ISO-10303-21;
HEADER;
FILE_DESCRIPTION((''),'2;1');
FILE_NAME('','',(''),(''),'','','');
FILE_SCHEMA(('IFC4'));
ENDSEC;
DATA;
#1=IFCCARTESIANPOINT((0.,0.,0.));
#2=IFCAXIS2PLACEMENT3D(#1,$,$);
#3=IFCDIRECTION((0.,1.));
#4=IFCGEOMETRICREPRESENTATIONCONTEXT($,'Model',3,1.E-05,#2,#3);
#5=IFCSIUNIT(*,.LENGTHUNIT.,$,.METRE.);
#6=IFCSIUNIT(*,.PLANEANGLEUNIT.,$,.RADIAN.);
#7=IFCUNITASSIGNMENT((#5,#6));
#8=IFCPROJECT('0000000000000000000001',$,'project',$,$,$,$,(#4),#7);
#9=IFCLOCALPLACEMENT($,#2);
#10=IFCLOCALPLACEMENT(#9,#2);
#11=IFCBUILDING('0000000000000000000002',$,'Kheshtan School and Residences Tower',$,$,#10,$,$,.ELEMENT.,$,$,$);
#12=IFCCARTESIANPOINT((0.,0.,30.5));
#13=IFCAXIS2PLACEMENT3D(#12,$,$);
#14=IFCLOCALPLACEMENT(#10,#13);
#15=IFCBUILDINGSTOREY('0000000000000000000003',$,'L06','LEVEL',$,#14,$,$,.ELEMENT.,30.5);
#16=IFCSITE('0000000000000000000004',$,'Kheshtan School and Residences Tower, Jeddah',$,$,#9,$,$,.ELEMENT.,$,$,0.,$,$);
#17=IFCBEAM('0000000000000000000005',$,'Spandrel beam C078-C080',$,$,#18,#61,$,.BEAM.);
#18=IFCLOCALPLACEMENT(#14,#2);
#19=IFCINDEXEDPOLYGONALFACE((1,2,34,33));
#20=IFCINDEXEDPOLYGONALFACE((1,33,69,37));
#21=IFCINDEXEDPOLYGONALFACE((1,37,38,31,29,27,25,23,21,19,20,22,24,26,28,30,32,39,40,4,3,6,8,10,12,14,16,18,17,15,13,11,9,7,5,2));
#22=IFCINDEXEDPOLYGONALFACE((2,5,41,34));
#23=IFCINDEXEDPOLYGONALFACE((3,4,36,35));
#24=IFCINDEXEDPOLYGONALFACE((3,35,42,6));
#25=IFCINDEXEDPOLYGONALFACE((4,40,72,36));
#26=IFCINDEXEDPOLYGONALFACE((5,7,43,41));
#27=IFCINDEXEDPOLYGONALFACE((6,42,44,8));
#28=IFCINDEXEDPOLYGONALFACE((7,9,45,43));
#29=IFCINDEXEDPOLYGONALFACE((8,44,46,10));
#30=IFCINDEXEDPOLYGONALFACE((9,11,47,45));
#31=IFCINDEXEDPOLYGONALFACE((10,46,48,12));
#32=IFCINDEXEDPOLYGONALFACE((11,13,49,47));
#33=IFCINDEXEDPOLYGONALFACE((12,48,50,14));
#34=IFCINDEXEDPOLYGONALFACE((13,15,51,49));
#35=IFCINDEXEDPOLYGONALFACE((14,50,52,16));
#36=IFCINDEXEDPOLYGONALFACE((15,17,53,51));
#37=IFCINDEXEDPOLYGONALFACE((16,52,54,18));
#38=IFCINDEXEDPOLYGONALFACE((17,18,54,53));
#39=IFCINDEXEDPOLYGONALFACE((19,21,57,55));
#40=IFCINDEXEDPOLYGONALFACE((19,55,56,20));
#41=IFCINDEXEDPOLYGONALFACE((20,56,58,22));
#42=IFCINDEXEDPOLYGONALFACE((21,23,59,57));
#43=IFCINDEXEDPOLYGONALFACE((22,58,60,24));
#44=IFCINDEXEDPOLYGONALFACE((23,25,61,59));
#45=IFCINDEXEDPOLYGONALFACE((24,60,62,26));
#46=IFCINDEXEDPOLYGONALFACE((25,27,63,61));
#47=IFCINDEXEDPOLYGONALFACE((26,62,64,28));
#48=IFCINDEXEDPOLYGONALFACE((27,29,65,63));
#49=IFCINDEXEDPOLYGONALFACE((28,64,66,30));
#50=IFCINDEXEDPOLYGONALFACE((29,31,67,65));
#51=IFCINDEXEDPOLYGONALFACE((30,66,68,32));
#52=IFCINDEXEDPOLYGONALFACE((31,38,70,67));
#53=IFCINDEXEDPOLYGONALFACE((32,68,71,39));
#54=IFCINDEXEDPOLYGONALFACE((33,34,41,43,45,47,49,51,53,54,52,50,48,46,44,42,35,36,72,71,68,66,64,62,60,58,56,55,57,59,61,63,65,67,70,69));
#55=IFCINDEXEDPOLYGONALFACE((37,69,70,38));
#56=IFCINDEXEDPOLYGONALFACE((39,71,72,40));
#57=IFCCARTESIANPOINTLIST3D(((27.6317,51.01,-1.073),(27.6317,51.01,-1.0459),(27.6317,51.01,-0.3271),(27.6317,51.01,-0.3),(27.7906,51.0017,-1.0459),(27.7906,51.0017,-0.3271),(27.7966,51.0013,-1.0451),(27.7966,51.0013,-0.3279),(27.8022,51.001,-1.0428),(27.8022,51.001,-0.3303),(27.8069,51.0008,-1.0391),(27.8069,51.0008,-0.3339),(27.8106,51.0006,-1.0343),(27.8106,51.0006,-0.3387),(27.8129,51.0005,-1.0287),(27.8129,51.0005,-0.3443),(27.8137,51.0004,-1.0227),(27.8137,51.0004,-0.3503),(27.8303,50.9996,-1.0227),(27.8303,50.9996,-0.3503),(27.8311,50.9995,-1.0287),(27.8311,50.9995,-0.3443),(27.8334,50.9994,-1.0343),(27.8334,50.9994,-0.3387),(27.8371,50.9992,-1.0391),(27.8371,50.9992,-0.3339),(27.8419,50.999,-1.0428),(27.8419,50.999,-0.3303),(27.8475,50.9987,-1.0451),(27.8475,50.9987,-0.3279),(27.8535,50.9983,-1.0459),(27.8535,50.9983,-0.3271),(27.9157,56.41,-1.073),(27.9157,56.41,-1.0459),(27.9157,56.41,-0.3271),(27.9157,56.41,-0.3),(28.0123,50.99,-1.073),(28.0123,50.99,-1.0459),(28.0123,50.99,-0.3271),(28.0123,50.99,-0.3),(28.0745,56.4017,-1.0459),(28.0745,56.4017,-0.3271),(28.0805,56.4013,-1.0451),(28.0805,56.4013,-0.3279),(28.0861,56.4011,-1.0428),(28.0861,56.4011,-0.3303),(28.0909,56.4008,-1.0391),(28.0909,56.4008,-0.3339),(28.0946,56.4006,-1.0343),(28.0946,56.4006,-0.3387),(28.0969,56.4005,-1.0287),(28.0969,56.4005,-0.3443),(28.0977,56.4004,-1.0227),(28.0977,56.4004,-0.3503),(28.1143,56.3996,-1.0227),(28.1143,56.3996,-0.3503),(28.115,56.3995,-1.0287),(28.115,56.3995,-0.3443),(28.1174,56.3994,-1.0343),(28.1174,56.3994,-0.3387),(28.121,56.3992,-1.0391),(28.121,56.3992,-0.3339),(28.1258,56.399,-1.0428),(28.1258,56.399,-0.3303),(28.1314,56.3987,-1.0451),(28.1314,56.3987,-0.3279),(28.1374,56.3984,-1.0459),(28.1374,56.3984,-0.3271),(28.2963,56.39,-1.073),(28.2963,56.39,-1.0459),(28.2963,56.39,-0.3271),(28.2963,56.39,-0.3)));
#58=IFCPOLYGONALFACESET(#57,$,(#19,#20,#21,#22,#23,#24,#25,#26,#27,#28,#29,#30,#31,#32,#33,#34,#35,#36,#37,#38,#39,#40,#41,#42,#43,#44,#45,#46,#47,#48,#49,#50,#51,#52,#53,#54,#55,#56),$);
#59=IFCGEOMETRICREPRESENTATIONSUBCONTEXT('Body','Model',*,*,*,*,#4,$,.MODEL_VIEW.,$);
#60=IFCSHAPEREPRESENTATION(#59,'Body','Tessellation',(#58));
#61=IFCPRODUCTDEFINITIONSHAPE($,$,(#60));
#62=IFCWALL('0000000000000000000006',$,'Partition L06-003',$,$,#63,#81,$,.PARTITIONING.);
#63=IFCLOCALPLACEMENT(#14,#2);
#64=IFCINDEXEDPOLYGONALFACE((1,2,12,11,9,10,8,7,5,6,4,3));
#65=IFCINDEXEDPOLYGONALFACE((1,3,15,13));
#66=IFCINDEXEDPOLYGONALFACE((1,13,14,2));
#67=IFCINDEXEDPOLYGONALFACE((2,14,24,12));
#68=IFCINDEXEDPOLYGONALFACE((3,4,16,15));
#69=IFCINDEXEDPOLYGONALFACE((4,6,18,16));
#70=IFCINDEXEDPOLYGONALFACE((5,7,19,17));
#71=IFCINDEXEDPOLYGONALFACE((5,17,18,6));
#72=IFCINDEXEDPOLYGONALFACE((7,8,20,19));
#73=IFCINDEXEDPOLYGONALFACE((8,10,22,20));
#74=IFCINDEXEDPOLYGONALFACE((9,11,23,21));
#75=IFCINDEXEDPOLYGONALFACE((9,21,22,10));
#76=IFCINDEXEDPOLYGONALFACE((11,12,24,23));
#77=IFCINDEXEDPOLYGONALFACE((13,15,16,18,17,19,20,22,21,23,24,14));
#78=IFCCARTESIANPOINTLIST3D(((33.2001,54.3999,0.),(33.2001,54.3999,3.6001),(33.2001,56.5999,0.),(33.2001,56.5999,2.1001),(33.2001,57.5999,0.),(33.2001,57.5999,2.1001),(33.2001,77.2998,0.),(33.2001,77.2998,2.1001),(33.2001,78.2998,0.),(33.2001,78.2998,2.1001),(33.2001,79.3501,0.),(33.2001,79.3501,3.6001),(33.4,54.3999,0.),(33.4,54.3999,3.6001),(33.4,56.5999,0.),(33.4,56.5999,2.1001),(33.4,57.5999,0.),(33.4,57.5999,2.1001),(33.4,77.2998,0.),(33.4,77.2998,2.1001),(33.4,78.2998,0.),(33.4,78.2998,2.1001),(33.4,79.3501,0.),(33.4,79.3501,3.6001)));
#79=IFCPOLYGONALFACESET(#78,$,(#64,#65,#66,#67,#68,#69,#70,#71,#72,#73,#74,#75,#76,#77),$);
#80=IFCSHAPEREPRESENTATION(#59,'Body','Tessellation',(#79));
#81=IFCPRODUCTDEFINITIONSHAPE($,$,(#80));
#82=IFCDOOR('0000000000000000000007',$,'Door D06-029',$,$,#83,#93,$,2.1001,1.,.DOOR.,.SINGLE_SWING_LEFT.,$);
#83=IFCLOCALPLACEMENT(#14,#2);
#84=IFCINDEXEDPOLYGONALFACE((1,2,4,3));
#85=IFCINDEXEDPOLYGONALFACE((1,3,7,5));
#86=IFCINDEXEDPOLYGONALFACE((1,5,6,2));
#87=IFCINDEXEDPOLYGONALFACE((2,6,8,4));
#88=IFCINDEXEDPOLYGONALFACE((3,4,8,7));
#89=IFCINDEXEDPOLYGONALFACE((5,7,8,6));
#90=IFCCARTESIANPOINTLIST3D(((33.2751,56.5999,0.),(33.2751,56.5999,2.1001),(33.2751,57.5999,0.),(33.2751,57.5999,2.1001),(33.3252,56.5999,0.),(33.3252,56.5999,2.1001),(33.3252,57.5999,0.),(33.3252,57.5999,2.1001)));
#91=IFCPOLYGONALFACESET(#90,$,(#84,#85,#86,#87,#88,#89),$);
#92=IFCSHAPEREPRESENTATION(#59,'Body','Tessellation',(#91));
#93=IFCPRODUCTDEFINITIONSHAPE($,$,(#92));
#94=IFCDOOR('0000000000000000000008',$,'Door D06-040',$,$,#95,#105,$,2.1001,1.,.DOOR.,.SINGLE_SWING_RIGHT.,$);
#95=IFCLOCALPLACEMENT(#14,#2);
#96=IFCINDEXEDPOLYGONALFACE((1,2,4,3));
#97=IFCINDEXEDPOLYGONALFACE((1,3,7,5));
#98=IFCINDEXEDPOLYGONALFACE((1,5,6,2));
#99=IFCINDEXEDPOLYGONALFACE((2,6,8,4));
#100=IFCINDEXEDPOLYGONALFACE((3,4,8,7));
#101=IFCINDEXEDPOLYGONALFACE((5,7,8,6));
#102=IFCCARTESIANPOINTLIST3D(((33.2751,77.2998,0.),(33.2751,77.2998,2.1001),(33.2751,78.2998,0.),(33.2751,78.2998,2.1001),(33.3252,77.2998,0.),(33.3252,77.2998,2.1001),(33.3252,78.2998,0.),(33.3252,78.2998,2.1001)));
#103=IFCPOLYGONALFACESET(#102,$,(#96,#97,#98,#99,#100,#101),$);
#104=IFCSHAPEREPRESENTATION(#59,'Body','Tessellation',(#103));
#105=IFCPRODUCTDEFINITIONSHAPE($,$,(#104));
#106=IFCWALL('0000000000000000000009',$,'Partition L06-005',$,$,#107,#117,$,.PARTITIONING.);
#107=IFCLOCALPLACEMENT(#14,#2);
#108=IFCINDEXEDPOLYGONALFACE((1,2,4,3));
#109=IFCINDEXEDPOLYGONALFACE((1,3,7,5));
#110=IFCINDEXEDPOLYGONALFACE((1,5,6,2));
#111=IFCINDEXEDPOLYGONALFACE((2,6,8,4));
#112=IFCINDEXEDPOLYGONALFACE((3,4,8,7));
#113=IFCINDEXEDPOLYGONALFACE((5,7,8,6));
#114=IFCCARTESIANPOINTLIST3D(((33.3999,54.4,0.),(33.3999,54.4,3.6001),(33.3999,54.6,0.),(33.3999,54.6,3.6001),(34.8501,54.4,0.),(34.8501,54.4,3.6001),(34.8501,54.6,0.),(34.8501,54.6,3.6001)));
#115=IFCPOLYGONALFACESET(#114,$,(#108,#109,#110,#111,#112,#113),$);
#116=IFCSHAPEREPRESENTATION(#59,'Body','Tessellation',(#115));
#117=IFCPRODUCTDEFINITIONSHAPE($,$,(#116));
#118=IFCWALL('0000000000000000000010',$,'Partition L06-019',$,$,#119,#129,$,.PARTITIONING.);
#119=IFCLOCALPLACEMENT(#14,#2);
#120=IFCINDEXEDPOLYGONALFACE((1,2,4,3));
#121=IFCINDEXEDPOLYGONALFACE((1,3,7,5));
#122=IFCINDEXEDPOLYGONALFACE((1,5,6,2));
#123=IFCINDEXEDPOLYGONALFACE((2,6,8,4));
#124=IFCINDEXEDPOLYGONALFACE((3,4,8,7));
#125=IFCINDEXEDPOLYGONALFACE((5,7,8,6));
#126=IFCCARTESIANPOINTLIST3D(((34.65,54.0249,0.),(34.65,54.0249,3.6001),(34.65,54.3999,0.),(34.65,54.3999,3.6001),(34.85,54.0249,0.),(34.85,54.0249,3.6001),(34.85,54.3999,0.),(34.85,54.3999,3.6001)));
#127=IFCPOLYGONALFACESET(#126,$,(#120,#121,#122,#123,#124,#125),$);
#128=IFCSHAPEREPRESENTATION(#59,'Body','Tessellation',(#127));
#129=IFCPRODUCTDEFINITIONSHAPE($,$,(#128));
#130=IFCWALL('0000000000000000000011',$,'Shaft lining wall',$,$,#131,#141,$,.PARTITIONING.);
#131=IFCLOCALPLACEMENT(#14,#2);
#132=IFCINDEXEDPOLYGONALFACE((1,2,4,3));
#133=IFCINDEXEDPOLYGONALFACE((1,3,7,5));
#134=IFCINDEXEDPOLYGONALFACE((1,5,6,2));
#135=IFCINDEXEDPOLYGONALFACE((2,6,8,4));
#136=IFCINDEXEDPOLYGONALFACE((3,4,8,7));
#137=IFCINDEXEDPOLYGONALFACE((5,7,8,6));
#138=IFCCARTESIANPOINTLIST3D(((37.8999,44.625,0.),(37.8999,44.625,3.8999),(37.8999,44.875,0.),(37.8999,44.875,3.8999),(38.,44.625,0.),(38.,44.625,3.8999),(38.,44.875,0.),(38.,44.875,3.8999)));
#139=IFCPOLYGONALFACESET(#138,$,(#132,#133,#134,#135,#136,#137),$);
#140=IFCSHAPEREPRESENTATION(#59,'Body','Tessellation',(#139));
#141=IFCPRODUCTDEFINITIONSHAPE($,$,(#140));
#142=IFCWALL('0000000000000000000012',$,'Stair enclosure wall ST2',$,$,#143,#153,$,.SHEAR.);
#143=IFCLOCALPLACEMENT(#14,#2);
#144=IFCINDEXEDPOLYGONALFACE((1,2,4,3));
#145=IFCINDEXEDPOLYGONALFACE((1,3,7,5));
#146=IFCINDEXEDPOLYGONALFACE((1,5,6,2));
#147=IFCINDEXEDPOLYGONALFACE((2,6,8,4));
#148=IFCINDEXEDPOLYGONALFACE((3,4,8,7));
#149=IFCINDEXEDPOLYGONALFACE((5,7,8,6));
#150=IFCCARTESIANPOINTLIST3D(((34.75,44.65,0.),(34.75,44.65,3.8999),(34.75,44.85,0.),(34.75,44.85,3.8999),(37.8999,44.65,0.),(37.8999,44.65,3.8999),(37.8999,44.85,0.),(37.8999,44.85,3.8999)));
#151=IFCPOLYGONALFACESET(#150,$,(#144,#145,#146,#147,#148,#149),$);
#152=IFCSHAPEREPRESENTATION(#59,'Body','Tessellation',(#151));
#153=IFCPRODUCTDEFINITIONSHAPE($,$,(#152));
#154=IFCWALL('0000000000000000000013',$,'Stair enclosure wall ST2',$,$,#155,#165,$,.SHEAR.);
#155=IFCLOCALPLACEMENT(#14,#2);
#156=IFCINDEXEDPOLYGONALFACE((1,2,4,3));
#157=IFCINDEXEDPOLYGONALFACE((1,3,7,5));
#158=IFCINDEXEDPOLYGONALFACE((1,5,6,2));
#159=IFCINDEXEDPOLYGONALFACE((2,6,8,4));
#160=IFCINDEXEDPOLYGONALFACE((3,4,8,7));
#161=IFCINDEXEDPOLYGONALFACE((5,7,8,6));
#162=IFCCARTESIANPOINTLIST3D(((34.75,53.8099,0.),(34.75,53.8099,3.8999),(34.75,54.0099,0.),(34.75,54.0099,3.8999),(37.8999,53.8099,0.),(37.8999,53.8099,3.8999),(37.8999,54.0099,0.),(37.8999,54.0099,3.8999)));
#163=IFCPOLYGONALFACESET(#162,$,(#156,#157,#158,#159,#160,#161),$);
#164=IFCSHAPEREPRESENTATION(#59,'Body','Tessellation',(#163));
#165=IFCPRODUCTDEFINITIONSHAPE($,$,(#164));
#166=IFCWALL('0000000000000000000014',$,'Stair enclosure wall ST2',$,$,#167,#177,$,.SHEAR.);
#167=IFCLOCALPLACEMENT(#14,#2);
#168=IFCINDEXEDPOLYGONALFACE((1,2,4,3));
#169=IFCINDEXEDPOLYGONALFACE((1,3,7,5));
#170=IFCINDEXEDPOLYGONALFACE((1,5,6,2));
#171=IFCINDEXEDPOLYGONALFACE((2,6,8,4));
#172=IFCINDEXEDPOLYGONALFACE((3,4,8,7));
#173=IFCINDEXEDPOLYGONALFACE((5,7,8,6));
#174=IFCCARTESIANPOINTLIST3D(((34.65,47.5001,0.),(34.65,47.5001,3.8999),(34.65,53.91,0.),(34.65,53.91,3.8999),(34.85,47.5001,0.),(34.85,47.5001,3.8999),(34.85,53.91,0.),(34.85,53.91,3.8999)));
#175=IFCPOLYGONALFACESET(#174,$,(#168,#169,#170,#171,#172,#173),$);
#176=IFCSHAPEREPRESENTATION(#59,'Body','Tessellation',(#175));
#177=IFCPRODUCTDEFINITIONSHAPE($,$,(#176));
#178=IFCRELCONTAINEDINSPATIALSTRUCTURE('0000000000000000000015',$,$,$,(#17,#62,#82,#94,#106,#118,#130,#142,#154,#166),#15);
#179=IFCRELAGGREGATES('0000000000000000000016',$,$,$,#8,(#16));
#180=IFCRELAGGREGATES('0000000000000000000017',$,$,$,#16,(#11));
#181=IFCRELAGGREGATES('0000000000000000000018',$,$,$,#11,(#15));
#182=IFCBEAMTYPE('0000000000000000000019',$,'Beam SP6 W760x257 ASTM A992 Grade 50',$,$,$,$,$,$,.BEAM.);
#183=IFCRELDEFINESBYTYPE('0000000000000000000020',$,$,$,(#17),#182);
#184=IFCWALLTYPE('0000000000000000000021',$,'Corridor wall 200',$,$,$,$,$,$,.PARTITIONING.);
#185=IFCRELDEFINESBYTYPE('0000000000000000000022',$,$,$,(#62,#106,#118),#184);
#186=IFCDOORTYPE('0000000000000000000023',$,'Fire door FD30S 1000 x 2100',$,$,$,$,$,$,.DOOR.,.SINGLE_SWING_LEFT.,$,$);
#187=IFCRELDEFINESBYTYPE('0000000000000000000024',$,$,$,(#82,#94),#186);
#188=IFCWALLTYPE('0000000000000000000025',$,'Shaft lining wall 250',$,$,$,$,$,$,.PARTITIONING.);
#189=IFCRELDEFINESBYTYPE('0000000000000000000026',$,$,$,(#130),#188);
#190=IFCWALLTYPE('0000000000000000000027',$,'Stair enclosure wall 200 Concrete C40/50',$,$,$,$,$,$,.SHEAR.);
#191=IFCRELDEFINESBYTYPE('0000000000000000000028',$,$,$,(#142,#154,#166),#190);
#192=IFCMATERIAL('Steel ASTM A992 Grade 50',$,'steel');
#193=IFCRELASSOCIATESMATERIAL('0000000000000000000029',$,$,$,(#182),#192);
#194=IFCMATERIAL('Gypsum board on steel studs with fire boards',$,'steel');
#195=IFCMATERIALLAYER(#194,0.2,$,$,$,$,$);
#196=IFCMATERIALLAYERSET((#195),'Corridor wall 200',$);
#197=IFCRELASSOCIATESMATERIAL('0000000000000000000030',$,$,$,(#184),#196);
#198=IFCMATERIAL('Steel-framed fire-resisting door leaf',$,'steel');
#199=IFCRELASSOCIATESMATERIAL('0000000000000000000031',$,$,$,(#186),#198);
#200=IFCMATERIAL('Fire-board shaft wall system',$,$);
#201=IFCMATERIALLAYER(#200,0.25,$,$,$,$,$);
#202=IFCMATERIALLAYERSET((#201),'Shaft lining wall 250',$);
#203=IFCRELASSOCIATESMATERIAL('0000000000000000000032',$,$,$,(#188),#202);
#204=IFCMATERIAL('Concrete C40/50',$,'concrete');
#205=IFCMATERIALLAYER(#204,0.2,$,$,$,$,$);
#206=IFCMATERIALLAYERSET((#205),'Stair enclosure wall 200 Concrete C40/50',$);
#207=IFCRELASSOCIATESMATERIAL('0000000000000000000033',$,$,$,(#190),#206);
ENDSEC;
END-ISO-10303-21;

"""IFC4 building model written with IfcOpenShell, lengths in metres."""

from ifc_helpers import new_model, si_unit, direction, frame, frame_2d, origin, origin_2d, place, context, subcontext, project, spatial, rectangle, i_section, extrude, source, transform, mapped, material, layer, layer_set, material_profile, profile_set, type_object, element, fill, save


model = new_model("IFC4")

# Units and contexts
model_context = context("Model", 3, precision=1e-05, world=origin(), true_north=direction((0.0, 1.0)))
body_context = subcontext(model_context, "Body", "Model", "MODEL_VIEW")
ifc_project = project(units=[si_unit("LENGTHUNIT", "METRE"), si_unit("PLANEANGLEUNIT", "RADIAN")], contexts=[model_context])

# Site, building, storey
site_placement = place(None, origin())
site = spatial("IfcSite", under=ifc_project, at=site_placement, Name="Kheshtan School and Residences Tower, Jeddah", CompositionType="ELEMENT", RefElevation=0.0)
building_placement = place(site_placement, origin())
building = spatial("IfcBuilding", under=site, at=building_placement, Name="Kheshtan School and Residences Tower", CompositionType="ELEMENT")
storey_placement = place(building_placement, frame((0.0, 0.0, 30.5)))
storey = spatial("IfcBuildingStorey", under=building, at=storey_placement, Name="L06", Description="LEVEL", CompositionType="ELEMENT", Elevation=30.5)

# Shared definitions
ifc_material_1 = material(Name="Steel ASTM A992 Grade 50", Category="steel")

# Beam
ifc_material_profile_1 = material_profile(ifc_material_1, i_section(OverallWidth=0.3811, OverallDepth=0.7729, WebThickness=0.0166, FlangeThickness=0.0271, FilletRadius=0.0232, at=origin_2d()), Name="W760x257")
ifc_profile_set_1 = profile_set([ifc_material_profile_1], Name="Steel ASTM A992 Grade 50")
beam_type_1 = type_object("IfcBeamType", Name="Beam SP6 W760x257 ASTM A992 Grade 50", PredefinedType="BEAM", material=ifc_profile_set_1)
for number, where, z_axis, x_axis, name in (
    (1, (27.822, 51.0, -0.6865), (0.052509, 0.99862, 0.0), (-0.99862, 0.052509, 0.0), "Spandrel beam C078-C080"),
):
    element("IfcBeam", number, at=place(storey_placement, frame(where, z_axis=z_axis, x_axis=x_axis)), inside=storey, type_object=beam_type_1, Name=name, PredefinedType="BEAM", context=body_context, shape_type="SweptSolid", body=[
        extrude(i_section(OverallWidth=0.3811, OverallDepth=0.7729, WebThickness=0.0166, FlangeThickness=0.0271, FilletRadius=0.0232, at=origin_2d()), origin(), (0.0, 0.0, 1.0), 5.4075),
    ])

# Wall, openings, doors
ifc_material_2 = material(Name="Gypsum board on steel studs with fire boards", Category="steel")
ifc_layer_1 = layer(ifc_material_2, 0.2)
ifc_layer_set_1 = layer_set([ifc_layer_1], Name="Corridor wall 200")
wall_type_1 = type_object("IfcWallType", Name="Corridor wall 200", PredefinedType="PARTITIONING", material=ifc_layer_set_1)
wall_1_placement = place(storey_placement, frame((33.3, 54.3999, 0.0), z_axis=(0.0, 0.0, 1.0), x_axis=(0.0, 1.0, 0.0)))
wall_1 = element("IfcWall", 2, at=wall_1_placement, inside=storey, type_object=wall_type_1, Name="Partition L06-003", PredefinedType="PARTITIONING", context=body_context, shape_type="SweptSolid", body=[
    extrude(rectangle(XDim=24.9502, YDim=0.2, at=frame_2d((12.4751, 0.0))), origin(), (0.0, 0.0, 1.0), 3.6001),
])
opening_1_placement = place(wall_1_placement, frame((2.2, 0.0, 0.0)))
opening_1 = element("IfcOpeningElement", 3, at=opening_1_placement, cuts=wall_1, PredefinedType="OPENING", context=body_context, shape_type="SweptSolid", body=[
    extrude(rectangle(XDim=1.0, YDim=2.1001, at=frame_2d((0.5, 1.05))), frame((0.0, 0.1099, 0.0), z_axis=(0.0, -1.0, 0.0), x_axis=(1.0, 0.0, 0.0)), (0.0, 0.0, 1.0), 0.22),
])
opening_2_placement = place(wall_1_placement, frame((22.8999, 0.0, 0.0)))
opening_2 = element("IfcOpeningElement", 4, at=opening_2_placement, cuts=wall_1, PredefinedType="OPENING", context=body_context, shape_type="SweptSolid", body=[
    extrude(rectangle(XDim=1.0, YDim=2.1001, at=frame_2d((0.5, 1.05))), frame((0.0, 0.1099, 0.0), z_axis=(0.0, -1.0, 0.0), x_axis=(1.0, 0.0, 0.0)), (0.0, 0.0, 1.0), 0.22),
])
ifc_material_3 = material(Name="Steel-framed fire-resisting door leaf", Category="steel")
door_type_1 = type_object("IfcDoorType", Name="Fire door FD30S 1000 x 2100", OperationType="SINGLE_SWING_LEFT", PredefinedType="DOOR", material=ifc_material_3)
shared_shape_1 = source(origin(), body_context, "Body", "SweptSolid", [
    extrude(rectangle(XDim=1.0, YDim=2.1001, at=frame_2d((0.5, 1.05))), frame((0.0, 0.0249, 0.0), z_axis=(0.0, -1.0, 0.0), x_axis=(1.0, 0.0, 0.0)), (0.0, 0.0, 1.0), 0.05),
])
door_1_placement = place(opening_1_placement, origin())
door_1 = element("IfcDoor", 5, at=door_1_placement, inside=storey, type_object=door_type_1, Name="Door D06-029", OperationType="SINGLE_SWING_LEFT", OverallHeight=2.1001, OverallWidth=1.0, PredefinedType="DOOR", context=body_context, shape_type="MappedRepresentation", body=[
    mapped(shared_shape_1, transform((0.0, 0.0, 0.0), x_axis=(1.0, 0.0, 0.0), y_axis=(0.0, 1.0, 0.0), z_axis=(0.0, 0.0, 1.0), scale=1.0)),
])
fill(opening_1, door_1)
door_2_placement = place(opening_2_placement, origin())
door_2 = element("IfcDoor", 6, at=door_2_placement, inside=storey, type_object=door_type_1, Name="Door D06-040", OperationType="SINGLE_SWING_RIGHT", OverallHeight=2.1001, OverallWidth=1.0, PredefinedType="DOOR", context=body_context, shape_type="MappedRepresentation", body=[
    mapped(shared_shape_1, transform((0.0, 0.0, 0.0), x_axis=(1.0, 0.0, 0.0), y_axis=(0.0, 1.0, 0.0), z_axis=(0.0, 0.0, 1.0), scale=1.0)),
])
fill(opening_2, door_2)

# Walls
wall_2_placement = place(storey_placement, frame((33.3999, 54.5, 0.0), z_axis=(0.0, 0.0, 1.0), x_axis=(1.0, 0.0, 0.0)))
element("IfcWall", 7, at=wall_2_placement, inside=storey, type_object=wall_type_1, Name="Partition L06-005", PredefinedType="PARTITIONING", context=body_context, shape_type="SweptSolid", body=[
    extrude(rectangle(XDim=1.4502, YDim=0.2, at=frame_2d((0.7251, 0.0))), origin(), (0.0, 0.0, 1.0), 3.6001),
])
wall_3_placement = place(storey_placement, frame((34.75, 54.0249, 0.0), z_axis=(0.0, 0.0, 1.0), x_axis=(0.0, 1.0, 0.0)))
element("IfcWall", 8, at=wall_3_placement, inside=storey, type_object=wall_type_1, Name="Partition L06-019", PredefinedType="PARTITIONING", context=body_context, shape_type="SweptSolid", body=[
    extrude(rectangle(XDim=0.375, YDim=0.2, at=frame_2d((0.1875, 0.0))), origin(), (0.0, 0.0, 1.0), 3.6001),
])
ifc_material_4 = material(Name="Fire-board shaft wall system")
ifc_layer_2 = layer(ifc_material_4, 0.25)
ifc_layer_set_2 = layer_set([ifc_layer_2], Name="Shaft lining wall 250")
wall_type_2 = type_object("IfcWallType", Name="Shaft lining wall 250", PredefinedType="PARTITIONING", material=ifc_layer_set_2)
wall_4_placement = place(storey_placement, frame((37.8999, 44.75, 0.0), z_axis=(0.0, 0.0, 1.0), x_axis=(1.0, 0.0, 0.0)))
element("IfcWall", 9, at=wall_4_placement, inside=storey, type_object=wall_type_2, Name="Shaft lining wall", PredefinedType="PARTITIONING", context=body_context, shape_type="SweptSolid", body=[
    extrude(rectangle(XDim=0.1001, YDim=0.25, at=frame_2d((0.05, 0.0))), origin(), (0.0, 0.0, 1.0), 3.8999),
])
ifc_material_5 = material(Name="Concrete C40/50", Category="concrete")
ifc_layer_3 = layer(ifc_material_5, 0.2)
ifc_layer_set_3 = layer_set([ifc_layer_3], Name="Stair enclosure wall 200 Concrete C40/50")
wall_type_3 = type_object("IfcWallType", Name="Stair enclosure wall 200 Concrete C40/50", PredefinedType="SHEAR", material=ifc_layer_set_3)
for number, where, z_axis, x_axis, name in (
    (10, (34.75, 44.75, 0.0), (0.0, 0.0, 1.0), (1.0, 0.0, 0.0), "Stair enclosure wall ST2"),
    (11, (34.75, 53.9099, 0.0), (0.0, 0.0, 1.0), (1.0, 0.0, 0.0), "Stair enclosure wall ST2"),
):
    element("IfcWall", number, at=place(storey_placement, frame(where, z_axis=z_axis, x_axis=x_axis)), inside=storey, type_object=wall_type_3, Name=name, PredefinedType="SHEAR", context=body_context, shape_type="SweptSolid", body=[
        extrude(rectangle(XDim=3.1499, YDim=0.2, at=frame_2d((1.575, 0.0))), origin(), (0.0, 0.0, 1.0), 3.8999),
    ])
wall_5_placement = place(storey_placement, frame((34.75, 47.5, 0.0), z_axis=(0.0, 0.0, 1.0), x_axis=(0.0, 1.0, 0.0)))
element("IfcWall", 12, at=wall_5_placement, inside=storey, type_object=wall_type_3, Name="Stair enclosure wall ST2", PredefinedType="SHEAR", context=body_context, shape_type="SweptSolid", body=[
    extrude(rectangle(XDim=6.4099, YDim=0.2, at=frame_2d((3.2051, 0.0))), origin(), (0.0, 0.0, 1.0), 3.8999),
])

save(model, "model.ifc")
